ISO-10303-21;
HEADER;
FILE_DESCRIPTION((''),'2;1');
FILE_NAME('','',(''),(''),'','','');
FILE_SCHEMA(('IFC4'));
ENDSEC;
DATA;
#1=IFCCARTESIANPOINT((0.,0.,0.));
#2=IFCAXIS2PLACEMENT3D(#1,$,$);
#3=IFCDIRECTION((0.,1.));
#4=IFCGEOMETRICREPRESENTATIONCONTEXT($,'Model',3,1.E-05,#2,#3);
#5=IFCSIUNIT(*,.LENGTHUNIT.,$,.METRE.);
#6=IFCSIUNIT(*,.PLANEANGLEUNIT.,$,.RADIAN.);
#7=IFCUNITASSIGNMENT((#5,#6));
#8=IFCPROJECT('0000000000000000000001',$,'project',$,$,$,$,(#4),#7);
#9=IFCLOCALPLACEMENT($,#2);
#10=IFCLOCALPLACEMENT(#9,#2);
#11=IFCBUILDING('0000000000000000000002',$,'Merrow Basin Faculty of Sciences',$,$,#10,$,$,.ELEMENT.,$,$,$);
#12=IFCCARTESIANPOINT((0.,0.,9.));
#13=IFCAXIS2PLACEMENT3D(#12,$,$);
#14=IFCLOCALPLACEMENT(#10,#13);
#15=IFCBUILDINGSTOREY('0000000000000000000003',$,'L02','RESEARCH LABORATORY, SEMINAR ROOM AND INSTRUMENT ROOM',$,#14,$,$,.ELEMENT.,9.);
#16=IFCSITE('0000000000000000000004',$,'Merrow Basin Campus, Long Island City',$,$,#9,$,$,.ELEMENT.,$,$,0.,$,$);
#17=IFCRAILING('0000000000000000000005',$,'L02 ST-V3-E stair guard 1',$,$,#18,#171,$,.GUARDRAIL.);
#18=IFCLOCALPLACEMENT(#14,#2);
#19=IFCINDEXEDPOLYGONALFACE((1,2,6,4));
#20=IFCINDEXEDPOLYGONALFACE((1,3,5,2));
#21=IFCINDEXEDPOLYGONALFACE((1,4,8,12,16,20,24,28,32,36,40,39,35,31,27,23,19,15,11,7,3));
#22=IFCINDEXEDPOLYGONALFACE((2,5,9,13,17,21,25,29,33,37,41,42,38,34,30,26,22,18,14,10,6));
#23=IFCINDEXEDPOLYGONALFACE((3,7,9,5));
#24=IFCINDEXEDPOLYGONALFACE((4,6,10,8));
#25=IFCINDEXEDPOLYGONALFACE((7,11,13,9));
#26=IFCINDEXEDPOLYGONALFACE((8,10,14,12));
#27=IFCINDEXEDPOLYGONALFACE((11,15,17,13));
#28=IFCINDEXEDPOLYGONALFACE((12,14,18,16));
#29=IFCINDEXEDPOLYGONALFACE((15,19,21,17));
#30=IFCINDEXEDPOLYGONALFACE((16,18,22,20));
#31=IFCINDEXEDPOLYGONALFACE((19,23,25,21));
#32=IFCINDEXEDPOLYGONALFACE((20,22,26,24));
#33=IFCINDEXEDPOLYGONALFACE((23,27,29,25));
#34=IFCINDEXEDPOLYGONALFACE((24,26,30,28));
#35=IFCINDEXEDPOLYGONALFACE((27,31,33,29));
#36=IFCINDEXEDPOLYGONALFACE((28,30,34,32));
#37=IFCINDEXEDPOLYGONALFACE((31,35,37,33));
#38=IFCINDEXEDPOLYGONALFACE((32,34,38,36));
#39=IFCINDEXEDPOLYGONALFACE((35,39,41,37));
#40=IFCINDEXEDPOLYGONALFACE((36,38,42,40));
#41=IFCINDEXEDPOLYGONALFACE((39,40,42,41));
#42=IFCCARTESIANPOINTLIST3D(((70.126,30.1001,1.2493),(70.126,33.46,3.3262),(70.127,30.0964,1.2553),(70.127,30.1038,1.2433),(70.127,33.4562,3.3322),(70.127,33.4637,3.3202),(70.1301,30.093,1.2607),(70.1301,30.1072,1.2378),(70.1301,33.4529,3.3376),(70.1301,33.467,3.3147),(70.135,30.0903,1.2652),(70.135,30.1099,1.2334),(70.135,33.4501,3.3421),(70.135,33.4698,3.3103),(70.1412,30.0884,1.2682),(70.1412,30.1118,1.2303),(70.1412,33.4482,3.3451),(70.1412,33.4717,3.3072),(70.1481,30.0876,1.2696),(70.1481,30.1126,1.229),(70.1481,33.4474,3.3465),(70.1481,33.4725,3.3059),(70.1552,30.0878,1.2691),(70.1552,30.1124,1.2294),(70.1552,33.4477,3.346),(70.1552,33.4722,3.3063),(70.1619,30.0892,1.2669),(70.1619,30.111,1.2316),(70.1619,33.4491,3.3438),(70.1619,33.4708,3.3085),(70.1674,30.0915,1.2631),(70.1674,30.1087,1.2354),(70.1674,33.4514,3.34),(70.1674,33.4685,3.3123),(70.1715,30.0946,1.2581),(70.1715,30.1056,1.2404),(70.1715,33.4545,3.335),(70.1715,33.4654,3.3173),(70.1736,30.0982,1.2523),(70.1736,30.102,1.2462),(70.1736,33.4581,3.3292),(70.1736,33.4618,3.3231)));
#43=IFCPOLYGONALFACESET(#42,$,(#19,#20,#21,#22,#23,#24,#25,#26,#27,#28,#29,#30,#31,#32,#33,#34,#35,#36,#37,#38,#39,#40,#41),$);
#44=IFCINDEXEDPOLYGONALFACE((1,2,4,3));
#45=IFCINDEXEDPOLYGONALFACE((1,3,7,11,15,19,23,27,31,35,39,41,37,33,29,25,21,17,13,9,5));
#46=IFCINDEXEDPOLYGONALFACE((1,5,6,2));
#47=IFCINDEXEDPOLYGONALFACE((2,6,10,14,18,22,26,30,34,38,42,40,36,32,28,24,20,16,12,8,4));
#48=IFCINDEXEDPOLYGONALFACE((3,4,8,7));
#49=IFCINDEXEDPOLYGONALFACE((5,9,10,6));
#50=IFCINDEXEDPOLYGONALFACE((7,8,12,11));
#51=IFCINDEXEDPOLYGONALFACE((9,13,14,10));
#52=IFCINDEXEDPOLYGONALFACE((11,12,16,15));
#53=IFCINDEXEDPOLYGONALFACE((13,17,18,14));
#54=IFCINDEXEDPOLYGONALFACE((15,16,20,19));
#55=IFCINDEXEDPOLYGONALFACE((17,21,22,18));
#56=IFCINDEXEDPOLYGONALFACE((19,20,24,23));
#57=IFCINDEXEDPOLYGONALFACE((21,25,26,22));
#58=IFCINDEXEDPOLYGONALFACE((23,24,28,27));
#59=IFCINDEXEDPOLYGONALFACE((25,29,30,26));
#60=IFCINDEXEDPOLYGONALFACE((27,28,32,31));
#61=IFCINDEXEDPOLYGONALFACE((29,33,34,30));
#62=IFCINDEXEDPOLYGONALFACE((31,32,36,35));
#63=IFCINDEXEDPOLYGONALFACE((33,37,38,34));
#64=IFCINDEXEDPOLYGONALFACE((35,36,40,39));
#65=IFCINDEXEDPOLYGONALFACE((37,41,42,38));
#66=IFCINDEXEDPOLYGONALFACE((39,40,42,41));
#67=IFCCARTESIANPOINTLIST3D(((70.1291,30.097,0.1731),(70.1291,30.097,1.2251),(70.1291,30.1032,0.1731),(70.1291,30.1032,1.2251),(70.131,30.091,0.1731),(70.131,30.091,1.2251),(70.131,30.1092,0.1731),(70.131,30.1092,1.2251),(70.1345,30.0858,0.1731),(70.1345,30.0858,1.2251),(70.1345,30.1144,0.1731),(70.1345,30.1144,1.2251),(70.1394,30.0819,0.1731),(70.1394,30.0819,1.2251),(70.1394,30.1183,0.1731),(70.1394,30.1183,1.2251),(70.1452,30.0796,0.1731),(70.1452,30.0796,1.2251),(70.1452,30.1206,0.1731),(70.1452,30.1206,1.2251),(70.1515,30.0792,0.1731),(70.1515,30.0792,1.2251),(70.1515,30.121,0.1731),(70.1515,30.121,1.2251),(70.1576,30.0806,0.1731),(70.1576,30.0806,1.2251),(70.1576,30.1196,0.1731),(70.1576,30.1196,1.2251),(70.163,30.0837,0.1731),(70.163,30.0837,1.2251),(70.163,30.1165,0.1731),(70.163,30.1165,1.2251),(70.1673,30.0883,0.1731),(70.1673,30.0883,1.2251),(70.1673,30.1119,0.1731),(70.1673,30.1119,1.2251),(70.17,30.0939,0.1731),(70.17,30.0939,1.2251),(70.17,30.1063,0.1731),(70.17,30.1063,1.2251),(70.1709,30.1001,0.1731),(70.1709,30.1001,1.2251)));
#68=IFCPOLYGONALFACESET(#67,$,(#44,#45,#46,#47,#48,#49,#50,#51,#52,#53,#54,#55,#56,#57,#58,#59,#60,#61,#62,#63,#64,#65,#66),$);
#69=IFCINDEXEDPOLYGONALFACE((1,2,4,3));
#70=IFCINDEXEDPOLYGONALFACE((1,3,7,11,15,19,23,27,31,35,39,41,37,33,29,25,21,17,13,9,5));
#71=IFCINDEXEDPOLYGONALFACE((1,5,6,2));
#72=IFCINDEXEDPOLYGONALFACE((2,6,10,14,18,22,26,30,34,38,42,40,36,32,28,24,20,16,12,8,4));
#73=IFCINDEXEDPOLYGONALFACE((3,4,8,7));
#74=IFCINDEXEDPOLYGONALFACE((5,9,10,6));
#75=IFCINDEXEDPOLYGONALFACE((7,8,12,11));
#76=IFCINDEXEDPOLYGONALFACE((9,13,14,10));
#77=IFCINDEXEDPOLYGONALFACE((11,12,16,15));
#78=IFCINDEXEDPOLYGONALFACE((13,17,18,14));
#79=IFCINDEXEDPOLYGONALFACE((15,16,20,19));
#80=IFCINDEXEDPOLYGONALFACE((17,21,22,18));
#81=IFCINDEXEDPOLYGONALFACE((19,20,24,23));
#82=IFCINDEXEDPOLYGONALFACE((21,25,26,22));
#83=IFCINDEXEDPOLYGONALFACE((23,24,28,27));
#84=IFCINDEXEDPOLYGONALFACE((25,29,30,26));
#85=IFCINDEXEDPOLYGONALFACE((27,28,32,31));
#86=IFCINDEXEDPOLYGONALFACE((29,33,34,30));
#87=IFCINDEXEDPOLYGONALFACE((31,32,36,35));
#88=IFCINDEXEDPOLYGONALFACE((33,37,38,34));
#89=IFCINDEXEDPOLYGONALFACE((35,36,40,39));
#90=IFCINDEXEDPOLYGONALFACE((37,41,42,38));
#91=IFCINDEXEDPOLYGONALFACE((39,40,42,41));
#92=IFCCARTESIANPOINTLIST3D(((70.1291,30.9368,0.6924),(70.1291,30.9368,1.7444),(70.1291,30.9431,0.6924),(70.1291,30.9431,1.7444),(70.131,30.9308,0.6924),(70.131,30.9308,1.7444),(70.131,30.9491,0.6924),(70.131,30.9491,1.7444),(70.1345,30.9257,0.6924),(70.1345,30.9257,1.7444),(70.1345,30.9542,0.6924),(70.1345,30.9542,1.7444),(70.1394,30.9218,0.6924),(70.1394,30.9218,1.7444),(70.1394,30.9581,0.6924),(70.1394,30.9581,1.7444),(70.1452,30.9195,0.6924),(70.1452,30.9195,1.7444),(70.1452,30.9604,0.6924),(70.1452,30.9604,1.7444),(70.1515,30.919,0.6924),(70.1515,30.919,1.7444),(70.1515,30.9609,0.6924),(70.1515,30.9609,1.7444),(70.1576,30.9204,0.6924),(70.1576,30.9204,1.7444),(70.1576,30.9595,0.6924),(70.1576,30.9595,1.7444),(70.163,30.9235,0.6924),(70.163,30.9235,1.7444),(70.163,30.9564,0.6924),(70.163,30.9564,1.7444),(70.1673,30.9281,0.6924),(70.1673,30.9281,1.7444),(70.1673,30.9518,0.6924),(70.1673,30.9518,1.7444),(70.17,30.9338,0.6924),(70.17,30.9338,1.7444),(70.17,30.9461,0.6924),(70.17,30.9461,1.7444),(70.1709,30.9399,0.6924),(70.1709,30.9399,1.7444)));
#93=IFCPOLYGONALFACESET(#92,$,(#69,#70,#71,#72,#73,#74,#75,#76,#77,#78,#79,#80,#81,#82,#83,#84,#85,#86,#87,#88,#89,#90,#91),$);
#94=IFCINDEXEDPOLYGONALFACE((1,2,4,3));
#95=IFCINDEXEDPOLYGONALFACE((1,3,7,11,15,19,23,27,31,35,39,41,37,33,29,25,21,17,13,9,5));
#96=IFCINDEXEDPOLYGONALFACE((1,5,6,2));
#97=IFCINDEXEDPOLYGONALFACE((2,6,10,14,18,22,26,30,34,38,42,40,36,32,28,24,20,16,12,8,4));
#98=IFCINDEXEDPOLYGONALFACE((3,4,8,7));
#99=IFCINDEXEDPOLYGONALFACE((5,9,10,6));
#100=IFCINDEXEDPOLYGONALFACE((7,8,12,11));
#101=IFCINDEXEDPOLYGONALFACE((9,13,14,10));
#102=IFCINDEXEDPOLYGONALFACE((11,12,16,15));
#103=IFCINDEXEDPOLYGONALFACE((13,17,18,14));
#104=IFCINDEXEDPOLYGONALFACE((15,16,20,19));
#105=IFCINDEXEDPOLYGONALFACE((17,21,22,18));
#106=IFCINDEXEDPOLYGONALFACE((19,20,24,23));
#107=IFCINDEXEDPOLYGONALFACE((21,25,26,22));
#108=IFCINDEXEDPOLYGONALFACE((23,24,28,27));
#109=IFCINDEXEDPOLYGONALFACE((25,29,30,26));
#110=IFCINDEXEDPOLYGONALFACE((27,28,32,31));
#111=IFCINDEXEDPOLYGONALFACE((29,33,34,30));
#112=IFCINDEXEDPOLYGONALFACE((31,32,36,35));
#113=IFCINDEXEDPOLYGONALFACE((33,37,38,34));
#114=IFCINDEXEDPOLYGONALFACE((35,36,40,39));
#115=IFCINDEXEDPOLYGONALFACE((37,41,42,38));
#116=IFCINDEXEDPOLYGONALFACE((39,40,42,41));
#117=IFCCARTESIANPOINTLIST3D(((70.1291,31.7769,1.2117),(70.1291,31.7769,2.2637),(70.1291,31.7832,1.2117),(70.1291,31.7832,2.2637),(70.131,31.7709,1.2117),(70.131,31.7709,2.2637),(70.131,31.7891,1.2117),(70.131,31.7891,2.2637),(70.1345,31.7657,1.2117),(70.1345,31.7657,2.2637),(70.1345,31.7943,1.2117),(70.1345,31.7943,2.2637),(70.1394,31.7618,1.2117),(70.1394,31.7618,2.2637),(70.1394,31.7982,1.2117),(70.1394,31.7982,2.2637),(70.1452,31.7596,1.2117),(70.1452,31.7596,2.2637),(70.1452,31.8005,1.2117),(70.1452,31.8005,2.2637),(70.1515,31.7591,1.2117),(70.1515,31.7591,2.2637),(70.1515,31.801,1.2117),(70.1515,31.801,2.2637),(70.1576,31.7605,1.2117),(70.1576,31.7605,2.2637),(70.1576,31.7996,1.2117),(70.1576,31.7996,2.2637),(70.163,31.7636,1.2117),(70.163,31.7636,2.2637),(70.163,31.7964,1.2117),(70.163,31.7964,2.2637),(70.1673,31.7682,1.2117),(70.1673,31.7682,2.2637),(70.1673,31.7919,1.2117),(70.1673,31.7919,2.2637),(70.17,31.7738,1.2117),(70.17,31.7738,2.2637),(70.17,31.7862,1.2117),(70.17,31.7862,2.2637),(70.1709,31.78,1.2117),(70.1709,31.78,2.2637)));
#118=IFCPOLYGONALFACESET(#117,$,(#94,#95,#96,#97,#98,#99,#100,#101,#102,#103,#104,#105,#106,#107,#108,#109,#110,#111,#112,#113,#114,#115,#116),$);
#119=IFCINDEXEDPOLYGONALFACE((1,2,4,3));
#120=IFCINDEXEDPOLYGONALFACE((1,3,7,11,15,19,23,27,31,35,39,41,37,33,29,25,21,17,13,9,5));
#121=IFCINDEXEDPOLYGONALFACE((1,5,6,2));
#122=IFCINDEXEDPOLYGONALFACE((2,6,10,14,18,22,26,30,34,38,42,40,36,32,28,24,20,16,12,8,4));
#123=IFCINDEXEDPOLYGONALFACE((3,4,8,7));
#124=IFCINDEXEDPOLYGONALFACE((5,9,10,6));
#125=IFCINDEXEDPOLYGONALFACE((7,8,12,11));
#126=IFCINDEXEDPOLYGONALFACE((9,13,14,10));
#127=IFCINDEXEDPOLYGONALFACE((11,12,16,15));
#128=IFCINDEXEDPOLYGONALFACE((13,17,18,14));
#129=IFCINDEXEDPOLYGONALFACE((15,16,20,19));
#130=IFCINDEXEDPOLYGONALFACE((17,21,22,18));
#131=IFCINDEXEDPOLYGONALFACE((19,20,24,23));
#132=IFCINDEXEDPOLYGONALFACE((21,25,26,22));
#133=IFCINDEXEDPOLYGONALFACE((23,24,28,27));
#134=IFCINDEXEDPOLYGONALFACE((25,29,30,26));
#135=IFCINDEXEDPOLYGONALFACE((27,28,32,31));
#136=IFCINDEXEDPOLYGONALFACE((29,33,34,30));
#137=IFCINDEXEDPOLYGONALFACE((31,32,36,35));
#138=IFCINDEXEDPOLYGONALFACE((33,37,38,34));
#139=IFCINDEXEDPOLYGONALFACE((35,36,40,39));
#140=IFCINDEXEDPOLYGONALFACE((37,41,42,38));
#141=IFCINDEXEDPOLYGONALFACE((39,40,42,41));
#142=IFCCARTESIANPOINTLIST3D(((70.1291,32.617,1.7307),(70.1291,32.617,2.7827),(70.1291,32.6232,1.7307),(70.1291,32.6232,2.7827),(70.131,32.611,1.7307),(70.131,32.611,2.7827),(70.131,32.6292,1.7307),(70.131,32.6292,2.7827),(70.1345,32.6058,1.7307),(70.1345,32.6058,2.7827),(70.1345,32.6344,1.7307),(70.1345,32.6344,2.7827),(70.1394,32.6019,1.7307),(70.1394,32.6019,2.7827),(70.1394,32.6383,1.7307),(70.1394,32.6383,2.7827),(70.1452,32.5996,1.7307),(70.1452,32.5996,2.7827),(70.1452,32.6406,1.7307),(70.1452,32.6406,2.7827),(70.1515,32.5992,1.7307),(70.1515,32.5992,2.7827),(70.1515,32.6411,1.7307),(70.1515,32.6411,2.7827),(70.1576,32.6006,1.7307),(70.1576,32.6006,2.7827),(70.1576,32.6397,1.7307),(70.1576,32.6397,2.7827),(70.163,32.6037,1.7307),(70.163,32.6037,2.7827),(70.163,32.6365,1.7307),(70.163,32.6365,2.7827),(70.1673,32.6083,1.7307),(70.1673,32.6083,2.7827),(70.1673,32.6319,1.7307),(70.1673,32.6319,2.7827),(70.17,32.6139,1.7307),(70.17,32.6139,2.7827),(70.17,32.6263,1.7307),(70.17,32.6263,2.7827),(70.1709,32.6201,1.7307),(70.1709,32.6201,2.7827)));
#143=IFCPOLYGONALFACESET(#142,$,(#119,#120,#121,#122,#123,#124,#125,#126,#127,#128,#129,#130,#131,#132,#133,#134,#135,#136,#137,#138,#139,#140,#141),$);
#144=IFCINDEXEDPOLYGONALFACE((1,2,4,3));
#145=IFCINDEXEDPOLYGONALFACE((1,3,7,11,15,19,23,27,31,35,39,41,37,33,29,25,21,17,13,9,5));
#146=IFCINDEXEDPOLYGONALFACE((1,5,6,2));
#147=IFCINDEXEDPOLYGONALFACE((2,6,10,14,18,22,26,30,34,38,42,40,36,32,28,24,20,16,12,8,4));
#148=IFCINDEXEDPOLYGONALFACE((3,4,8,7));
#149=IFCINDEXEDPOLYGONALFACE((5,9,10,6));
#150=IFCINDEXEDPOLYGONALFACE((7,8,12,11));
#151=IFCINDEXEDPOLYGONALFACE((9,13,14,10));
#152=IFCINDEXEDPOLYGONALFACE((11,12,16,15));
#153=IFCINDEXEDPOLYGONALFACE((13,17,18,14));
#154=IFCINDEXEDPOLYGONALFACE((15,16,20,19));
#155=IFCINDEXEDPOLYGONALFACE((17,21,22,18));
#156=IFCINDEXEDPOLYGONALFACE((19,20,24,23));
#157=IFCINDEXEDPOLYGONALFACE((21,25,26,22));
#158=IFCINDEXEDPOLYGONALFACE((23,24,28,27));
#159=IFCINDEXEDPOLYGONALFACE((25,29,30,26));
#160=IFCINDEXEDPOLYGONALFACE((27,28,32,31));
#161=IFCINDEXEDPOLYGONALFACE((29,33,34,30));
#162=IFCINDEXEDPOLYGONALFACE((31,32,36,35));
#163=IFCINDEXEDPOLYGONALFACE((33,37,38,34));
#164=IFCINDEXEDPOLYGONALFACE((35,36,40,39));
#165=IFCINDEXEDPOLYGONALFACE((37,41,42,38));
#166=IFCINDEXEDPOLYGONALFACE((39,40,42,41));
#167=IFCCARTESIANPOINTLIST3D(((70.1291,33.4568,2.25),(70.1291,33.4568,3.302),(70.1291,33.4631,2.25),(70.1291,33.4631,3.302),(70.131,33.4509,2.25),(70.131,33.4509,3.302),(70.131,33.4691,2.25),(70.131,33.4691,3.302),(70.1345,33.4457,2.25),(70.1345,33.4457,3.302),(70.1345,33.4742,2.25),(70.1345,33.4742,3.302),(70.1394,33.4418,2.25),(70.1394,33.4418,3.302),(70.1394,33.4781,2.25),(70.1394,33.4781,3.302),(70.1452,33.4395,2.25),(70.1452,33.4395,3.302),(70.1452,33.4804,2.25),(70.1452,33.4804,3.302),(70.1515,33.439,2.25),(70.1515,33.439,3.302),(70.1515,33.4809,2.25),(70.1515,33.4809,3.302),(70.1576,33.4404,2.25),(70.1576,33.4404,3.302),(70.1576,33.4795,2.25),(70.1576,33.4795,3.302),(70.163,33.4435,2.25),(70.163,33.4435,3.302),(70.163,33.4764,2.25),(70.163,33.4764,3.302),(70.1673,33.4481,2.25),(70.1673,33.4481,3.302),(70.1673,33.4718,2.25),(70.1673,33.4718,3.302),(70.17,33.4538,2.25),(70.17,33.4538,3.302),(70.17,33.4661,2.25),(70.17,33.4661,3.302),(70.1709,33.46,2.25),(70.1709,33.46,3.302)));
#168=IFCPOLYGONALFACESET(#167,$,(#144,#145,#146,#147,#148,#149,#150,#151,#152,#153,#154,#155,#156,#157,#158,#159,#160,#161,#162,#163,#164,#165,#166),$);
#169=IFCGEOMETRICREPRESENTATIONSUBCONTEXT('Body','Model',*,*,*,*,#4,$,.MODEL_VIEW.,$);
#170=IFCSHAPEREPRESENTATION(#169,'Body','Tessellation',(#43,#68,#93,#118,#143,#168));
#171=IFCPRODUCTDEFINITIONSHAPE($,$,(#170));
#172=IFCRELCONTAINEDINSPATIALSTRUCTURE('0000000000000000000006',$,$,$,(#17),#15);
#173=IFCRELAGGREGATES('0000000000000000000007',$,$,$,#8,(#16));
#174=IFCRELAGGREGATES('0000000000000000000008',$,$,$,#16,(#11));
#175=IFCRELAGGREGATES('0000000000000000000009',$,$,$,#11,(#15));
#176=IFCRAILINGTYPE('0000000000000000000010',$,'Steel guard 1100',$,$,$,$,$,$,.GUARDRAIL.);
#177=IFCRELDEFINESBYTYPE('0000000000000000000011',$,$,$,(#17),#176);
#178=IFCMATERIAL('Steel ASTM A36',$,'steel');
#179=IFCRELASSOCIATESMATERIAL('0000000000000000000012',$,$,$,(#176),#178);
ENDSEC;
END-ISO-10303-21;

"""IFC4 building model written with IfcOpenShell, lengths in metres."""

from ifc_helpers import new_model, si_unit, direction, frame, origin, origin_2d, place, context, subcontext, project, spatial, circle, extrude, material, type_object, element, save


model = new_model("IFC4")

# Units and contexts
model_context = context("Model", 3, precision=1e-05, world=origin(), true_north=direction((0.0, 1.0)))
body_context = subcontext(model_context, "Body", "Model", "MODEL_VIEW")
ifc_project = project(units=[si_unit("LENGTHUNIT", "METRE"), si_unit("PLANEANGLEUNIT", "RADIAN")], contexts=[model_context])

# Site, building, storey
site_placement = place(None, origin())
site = spatial("IfcSite", under=ifc_project, at=site_placement, Name="Merrow Basin Campus, Long Island City", CompositionType="ELEMENT", RefElevation=0.0)
building_placement = place(site_placement, origin())
building = spatial("IfcBuilding", under=site, at=building_placement, Name="Merrow Basin Faculty of Sciences", CompositionType="ELEMENT")
storey_placement = place(building_placement, frame((0.0, 0.0, 9.0)))
storey = spatial("IfcBuildingStorey", under=building, at=storey_placement, Name="L02", Description="RESEARCH LABORATORY, SEMINAR ROOM AND INSTRUMENT ROOM", CompositionType="ELEMENT", Elevation=9.0)

# Railing
ifc_material_1 = material(Name="Steel ASTM A36", Category="steel")
railing_type_1 = type_object("IfcRailingType", Name="Steel guard 1100", PredefinedType="GUARDRAIL", material=ifc_material_1)
railing_1_placement = place(storey_placement, frame((70.1499, 30.1001, 0.1731)))
element("IfcRailing", 1, at=railing_1_placement, inside=storey, type_object=railing_type_1, Name="L02 ST-V3-E stair guard 1", PredefinedType="GUARDRAIL", context=body_context, shape_type="SweptSolid", body=[
    extrude(circle(Radius=0.0239, at=origin_2d()), frame((0.0, 0.0, 1.0762), z_axis=(0.0, 0.850606, 0.525803), x_axis=(-1.0, 0.0, 0.0)), (0.0, 0.0, 1.0), 3.95),
    extrude(circle(Radius=0.021, at=origin_2d()), origin(), (0.0, 0.0, 1.0), 1.052),
    extrude(circle(Radius=0.021, at=origin_2d()), frame((0.0, 0.8398, 0.5193)), (0.0, 0.0, 1.0), 1.052),
    extrude(circle(Radius=0.021, at=origin_2d()), frame((0.0, 1.6799, 1.0386)), (0.0, 0.0, 1.0), 1.052),
    extrude(circle(Radius=0.021, at=origin_2d()), frame((0.0, 2.52, 1.5576)), (0.0, 0.0, 1.0), 1.052),
    extrude(circle(Radius=0.021, at=origin_2d()), frame((0.0, 3.3599, 2.0769)), (0.0, 0.0, 1.0), 1.052),
])

save(model, "model.ifc")
